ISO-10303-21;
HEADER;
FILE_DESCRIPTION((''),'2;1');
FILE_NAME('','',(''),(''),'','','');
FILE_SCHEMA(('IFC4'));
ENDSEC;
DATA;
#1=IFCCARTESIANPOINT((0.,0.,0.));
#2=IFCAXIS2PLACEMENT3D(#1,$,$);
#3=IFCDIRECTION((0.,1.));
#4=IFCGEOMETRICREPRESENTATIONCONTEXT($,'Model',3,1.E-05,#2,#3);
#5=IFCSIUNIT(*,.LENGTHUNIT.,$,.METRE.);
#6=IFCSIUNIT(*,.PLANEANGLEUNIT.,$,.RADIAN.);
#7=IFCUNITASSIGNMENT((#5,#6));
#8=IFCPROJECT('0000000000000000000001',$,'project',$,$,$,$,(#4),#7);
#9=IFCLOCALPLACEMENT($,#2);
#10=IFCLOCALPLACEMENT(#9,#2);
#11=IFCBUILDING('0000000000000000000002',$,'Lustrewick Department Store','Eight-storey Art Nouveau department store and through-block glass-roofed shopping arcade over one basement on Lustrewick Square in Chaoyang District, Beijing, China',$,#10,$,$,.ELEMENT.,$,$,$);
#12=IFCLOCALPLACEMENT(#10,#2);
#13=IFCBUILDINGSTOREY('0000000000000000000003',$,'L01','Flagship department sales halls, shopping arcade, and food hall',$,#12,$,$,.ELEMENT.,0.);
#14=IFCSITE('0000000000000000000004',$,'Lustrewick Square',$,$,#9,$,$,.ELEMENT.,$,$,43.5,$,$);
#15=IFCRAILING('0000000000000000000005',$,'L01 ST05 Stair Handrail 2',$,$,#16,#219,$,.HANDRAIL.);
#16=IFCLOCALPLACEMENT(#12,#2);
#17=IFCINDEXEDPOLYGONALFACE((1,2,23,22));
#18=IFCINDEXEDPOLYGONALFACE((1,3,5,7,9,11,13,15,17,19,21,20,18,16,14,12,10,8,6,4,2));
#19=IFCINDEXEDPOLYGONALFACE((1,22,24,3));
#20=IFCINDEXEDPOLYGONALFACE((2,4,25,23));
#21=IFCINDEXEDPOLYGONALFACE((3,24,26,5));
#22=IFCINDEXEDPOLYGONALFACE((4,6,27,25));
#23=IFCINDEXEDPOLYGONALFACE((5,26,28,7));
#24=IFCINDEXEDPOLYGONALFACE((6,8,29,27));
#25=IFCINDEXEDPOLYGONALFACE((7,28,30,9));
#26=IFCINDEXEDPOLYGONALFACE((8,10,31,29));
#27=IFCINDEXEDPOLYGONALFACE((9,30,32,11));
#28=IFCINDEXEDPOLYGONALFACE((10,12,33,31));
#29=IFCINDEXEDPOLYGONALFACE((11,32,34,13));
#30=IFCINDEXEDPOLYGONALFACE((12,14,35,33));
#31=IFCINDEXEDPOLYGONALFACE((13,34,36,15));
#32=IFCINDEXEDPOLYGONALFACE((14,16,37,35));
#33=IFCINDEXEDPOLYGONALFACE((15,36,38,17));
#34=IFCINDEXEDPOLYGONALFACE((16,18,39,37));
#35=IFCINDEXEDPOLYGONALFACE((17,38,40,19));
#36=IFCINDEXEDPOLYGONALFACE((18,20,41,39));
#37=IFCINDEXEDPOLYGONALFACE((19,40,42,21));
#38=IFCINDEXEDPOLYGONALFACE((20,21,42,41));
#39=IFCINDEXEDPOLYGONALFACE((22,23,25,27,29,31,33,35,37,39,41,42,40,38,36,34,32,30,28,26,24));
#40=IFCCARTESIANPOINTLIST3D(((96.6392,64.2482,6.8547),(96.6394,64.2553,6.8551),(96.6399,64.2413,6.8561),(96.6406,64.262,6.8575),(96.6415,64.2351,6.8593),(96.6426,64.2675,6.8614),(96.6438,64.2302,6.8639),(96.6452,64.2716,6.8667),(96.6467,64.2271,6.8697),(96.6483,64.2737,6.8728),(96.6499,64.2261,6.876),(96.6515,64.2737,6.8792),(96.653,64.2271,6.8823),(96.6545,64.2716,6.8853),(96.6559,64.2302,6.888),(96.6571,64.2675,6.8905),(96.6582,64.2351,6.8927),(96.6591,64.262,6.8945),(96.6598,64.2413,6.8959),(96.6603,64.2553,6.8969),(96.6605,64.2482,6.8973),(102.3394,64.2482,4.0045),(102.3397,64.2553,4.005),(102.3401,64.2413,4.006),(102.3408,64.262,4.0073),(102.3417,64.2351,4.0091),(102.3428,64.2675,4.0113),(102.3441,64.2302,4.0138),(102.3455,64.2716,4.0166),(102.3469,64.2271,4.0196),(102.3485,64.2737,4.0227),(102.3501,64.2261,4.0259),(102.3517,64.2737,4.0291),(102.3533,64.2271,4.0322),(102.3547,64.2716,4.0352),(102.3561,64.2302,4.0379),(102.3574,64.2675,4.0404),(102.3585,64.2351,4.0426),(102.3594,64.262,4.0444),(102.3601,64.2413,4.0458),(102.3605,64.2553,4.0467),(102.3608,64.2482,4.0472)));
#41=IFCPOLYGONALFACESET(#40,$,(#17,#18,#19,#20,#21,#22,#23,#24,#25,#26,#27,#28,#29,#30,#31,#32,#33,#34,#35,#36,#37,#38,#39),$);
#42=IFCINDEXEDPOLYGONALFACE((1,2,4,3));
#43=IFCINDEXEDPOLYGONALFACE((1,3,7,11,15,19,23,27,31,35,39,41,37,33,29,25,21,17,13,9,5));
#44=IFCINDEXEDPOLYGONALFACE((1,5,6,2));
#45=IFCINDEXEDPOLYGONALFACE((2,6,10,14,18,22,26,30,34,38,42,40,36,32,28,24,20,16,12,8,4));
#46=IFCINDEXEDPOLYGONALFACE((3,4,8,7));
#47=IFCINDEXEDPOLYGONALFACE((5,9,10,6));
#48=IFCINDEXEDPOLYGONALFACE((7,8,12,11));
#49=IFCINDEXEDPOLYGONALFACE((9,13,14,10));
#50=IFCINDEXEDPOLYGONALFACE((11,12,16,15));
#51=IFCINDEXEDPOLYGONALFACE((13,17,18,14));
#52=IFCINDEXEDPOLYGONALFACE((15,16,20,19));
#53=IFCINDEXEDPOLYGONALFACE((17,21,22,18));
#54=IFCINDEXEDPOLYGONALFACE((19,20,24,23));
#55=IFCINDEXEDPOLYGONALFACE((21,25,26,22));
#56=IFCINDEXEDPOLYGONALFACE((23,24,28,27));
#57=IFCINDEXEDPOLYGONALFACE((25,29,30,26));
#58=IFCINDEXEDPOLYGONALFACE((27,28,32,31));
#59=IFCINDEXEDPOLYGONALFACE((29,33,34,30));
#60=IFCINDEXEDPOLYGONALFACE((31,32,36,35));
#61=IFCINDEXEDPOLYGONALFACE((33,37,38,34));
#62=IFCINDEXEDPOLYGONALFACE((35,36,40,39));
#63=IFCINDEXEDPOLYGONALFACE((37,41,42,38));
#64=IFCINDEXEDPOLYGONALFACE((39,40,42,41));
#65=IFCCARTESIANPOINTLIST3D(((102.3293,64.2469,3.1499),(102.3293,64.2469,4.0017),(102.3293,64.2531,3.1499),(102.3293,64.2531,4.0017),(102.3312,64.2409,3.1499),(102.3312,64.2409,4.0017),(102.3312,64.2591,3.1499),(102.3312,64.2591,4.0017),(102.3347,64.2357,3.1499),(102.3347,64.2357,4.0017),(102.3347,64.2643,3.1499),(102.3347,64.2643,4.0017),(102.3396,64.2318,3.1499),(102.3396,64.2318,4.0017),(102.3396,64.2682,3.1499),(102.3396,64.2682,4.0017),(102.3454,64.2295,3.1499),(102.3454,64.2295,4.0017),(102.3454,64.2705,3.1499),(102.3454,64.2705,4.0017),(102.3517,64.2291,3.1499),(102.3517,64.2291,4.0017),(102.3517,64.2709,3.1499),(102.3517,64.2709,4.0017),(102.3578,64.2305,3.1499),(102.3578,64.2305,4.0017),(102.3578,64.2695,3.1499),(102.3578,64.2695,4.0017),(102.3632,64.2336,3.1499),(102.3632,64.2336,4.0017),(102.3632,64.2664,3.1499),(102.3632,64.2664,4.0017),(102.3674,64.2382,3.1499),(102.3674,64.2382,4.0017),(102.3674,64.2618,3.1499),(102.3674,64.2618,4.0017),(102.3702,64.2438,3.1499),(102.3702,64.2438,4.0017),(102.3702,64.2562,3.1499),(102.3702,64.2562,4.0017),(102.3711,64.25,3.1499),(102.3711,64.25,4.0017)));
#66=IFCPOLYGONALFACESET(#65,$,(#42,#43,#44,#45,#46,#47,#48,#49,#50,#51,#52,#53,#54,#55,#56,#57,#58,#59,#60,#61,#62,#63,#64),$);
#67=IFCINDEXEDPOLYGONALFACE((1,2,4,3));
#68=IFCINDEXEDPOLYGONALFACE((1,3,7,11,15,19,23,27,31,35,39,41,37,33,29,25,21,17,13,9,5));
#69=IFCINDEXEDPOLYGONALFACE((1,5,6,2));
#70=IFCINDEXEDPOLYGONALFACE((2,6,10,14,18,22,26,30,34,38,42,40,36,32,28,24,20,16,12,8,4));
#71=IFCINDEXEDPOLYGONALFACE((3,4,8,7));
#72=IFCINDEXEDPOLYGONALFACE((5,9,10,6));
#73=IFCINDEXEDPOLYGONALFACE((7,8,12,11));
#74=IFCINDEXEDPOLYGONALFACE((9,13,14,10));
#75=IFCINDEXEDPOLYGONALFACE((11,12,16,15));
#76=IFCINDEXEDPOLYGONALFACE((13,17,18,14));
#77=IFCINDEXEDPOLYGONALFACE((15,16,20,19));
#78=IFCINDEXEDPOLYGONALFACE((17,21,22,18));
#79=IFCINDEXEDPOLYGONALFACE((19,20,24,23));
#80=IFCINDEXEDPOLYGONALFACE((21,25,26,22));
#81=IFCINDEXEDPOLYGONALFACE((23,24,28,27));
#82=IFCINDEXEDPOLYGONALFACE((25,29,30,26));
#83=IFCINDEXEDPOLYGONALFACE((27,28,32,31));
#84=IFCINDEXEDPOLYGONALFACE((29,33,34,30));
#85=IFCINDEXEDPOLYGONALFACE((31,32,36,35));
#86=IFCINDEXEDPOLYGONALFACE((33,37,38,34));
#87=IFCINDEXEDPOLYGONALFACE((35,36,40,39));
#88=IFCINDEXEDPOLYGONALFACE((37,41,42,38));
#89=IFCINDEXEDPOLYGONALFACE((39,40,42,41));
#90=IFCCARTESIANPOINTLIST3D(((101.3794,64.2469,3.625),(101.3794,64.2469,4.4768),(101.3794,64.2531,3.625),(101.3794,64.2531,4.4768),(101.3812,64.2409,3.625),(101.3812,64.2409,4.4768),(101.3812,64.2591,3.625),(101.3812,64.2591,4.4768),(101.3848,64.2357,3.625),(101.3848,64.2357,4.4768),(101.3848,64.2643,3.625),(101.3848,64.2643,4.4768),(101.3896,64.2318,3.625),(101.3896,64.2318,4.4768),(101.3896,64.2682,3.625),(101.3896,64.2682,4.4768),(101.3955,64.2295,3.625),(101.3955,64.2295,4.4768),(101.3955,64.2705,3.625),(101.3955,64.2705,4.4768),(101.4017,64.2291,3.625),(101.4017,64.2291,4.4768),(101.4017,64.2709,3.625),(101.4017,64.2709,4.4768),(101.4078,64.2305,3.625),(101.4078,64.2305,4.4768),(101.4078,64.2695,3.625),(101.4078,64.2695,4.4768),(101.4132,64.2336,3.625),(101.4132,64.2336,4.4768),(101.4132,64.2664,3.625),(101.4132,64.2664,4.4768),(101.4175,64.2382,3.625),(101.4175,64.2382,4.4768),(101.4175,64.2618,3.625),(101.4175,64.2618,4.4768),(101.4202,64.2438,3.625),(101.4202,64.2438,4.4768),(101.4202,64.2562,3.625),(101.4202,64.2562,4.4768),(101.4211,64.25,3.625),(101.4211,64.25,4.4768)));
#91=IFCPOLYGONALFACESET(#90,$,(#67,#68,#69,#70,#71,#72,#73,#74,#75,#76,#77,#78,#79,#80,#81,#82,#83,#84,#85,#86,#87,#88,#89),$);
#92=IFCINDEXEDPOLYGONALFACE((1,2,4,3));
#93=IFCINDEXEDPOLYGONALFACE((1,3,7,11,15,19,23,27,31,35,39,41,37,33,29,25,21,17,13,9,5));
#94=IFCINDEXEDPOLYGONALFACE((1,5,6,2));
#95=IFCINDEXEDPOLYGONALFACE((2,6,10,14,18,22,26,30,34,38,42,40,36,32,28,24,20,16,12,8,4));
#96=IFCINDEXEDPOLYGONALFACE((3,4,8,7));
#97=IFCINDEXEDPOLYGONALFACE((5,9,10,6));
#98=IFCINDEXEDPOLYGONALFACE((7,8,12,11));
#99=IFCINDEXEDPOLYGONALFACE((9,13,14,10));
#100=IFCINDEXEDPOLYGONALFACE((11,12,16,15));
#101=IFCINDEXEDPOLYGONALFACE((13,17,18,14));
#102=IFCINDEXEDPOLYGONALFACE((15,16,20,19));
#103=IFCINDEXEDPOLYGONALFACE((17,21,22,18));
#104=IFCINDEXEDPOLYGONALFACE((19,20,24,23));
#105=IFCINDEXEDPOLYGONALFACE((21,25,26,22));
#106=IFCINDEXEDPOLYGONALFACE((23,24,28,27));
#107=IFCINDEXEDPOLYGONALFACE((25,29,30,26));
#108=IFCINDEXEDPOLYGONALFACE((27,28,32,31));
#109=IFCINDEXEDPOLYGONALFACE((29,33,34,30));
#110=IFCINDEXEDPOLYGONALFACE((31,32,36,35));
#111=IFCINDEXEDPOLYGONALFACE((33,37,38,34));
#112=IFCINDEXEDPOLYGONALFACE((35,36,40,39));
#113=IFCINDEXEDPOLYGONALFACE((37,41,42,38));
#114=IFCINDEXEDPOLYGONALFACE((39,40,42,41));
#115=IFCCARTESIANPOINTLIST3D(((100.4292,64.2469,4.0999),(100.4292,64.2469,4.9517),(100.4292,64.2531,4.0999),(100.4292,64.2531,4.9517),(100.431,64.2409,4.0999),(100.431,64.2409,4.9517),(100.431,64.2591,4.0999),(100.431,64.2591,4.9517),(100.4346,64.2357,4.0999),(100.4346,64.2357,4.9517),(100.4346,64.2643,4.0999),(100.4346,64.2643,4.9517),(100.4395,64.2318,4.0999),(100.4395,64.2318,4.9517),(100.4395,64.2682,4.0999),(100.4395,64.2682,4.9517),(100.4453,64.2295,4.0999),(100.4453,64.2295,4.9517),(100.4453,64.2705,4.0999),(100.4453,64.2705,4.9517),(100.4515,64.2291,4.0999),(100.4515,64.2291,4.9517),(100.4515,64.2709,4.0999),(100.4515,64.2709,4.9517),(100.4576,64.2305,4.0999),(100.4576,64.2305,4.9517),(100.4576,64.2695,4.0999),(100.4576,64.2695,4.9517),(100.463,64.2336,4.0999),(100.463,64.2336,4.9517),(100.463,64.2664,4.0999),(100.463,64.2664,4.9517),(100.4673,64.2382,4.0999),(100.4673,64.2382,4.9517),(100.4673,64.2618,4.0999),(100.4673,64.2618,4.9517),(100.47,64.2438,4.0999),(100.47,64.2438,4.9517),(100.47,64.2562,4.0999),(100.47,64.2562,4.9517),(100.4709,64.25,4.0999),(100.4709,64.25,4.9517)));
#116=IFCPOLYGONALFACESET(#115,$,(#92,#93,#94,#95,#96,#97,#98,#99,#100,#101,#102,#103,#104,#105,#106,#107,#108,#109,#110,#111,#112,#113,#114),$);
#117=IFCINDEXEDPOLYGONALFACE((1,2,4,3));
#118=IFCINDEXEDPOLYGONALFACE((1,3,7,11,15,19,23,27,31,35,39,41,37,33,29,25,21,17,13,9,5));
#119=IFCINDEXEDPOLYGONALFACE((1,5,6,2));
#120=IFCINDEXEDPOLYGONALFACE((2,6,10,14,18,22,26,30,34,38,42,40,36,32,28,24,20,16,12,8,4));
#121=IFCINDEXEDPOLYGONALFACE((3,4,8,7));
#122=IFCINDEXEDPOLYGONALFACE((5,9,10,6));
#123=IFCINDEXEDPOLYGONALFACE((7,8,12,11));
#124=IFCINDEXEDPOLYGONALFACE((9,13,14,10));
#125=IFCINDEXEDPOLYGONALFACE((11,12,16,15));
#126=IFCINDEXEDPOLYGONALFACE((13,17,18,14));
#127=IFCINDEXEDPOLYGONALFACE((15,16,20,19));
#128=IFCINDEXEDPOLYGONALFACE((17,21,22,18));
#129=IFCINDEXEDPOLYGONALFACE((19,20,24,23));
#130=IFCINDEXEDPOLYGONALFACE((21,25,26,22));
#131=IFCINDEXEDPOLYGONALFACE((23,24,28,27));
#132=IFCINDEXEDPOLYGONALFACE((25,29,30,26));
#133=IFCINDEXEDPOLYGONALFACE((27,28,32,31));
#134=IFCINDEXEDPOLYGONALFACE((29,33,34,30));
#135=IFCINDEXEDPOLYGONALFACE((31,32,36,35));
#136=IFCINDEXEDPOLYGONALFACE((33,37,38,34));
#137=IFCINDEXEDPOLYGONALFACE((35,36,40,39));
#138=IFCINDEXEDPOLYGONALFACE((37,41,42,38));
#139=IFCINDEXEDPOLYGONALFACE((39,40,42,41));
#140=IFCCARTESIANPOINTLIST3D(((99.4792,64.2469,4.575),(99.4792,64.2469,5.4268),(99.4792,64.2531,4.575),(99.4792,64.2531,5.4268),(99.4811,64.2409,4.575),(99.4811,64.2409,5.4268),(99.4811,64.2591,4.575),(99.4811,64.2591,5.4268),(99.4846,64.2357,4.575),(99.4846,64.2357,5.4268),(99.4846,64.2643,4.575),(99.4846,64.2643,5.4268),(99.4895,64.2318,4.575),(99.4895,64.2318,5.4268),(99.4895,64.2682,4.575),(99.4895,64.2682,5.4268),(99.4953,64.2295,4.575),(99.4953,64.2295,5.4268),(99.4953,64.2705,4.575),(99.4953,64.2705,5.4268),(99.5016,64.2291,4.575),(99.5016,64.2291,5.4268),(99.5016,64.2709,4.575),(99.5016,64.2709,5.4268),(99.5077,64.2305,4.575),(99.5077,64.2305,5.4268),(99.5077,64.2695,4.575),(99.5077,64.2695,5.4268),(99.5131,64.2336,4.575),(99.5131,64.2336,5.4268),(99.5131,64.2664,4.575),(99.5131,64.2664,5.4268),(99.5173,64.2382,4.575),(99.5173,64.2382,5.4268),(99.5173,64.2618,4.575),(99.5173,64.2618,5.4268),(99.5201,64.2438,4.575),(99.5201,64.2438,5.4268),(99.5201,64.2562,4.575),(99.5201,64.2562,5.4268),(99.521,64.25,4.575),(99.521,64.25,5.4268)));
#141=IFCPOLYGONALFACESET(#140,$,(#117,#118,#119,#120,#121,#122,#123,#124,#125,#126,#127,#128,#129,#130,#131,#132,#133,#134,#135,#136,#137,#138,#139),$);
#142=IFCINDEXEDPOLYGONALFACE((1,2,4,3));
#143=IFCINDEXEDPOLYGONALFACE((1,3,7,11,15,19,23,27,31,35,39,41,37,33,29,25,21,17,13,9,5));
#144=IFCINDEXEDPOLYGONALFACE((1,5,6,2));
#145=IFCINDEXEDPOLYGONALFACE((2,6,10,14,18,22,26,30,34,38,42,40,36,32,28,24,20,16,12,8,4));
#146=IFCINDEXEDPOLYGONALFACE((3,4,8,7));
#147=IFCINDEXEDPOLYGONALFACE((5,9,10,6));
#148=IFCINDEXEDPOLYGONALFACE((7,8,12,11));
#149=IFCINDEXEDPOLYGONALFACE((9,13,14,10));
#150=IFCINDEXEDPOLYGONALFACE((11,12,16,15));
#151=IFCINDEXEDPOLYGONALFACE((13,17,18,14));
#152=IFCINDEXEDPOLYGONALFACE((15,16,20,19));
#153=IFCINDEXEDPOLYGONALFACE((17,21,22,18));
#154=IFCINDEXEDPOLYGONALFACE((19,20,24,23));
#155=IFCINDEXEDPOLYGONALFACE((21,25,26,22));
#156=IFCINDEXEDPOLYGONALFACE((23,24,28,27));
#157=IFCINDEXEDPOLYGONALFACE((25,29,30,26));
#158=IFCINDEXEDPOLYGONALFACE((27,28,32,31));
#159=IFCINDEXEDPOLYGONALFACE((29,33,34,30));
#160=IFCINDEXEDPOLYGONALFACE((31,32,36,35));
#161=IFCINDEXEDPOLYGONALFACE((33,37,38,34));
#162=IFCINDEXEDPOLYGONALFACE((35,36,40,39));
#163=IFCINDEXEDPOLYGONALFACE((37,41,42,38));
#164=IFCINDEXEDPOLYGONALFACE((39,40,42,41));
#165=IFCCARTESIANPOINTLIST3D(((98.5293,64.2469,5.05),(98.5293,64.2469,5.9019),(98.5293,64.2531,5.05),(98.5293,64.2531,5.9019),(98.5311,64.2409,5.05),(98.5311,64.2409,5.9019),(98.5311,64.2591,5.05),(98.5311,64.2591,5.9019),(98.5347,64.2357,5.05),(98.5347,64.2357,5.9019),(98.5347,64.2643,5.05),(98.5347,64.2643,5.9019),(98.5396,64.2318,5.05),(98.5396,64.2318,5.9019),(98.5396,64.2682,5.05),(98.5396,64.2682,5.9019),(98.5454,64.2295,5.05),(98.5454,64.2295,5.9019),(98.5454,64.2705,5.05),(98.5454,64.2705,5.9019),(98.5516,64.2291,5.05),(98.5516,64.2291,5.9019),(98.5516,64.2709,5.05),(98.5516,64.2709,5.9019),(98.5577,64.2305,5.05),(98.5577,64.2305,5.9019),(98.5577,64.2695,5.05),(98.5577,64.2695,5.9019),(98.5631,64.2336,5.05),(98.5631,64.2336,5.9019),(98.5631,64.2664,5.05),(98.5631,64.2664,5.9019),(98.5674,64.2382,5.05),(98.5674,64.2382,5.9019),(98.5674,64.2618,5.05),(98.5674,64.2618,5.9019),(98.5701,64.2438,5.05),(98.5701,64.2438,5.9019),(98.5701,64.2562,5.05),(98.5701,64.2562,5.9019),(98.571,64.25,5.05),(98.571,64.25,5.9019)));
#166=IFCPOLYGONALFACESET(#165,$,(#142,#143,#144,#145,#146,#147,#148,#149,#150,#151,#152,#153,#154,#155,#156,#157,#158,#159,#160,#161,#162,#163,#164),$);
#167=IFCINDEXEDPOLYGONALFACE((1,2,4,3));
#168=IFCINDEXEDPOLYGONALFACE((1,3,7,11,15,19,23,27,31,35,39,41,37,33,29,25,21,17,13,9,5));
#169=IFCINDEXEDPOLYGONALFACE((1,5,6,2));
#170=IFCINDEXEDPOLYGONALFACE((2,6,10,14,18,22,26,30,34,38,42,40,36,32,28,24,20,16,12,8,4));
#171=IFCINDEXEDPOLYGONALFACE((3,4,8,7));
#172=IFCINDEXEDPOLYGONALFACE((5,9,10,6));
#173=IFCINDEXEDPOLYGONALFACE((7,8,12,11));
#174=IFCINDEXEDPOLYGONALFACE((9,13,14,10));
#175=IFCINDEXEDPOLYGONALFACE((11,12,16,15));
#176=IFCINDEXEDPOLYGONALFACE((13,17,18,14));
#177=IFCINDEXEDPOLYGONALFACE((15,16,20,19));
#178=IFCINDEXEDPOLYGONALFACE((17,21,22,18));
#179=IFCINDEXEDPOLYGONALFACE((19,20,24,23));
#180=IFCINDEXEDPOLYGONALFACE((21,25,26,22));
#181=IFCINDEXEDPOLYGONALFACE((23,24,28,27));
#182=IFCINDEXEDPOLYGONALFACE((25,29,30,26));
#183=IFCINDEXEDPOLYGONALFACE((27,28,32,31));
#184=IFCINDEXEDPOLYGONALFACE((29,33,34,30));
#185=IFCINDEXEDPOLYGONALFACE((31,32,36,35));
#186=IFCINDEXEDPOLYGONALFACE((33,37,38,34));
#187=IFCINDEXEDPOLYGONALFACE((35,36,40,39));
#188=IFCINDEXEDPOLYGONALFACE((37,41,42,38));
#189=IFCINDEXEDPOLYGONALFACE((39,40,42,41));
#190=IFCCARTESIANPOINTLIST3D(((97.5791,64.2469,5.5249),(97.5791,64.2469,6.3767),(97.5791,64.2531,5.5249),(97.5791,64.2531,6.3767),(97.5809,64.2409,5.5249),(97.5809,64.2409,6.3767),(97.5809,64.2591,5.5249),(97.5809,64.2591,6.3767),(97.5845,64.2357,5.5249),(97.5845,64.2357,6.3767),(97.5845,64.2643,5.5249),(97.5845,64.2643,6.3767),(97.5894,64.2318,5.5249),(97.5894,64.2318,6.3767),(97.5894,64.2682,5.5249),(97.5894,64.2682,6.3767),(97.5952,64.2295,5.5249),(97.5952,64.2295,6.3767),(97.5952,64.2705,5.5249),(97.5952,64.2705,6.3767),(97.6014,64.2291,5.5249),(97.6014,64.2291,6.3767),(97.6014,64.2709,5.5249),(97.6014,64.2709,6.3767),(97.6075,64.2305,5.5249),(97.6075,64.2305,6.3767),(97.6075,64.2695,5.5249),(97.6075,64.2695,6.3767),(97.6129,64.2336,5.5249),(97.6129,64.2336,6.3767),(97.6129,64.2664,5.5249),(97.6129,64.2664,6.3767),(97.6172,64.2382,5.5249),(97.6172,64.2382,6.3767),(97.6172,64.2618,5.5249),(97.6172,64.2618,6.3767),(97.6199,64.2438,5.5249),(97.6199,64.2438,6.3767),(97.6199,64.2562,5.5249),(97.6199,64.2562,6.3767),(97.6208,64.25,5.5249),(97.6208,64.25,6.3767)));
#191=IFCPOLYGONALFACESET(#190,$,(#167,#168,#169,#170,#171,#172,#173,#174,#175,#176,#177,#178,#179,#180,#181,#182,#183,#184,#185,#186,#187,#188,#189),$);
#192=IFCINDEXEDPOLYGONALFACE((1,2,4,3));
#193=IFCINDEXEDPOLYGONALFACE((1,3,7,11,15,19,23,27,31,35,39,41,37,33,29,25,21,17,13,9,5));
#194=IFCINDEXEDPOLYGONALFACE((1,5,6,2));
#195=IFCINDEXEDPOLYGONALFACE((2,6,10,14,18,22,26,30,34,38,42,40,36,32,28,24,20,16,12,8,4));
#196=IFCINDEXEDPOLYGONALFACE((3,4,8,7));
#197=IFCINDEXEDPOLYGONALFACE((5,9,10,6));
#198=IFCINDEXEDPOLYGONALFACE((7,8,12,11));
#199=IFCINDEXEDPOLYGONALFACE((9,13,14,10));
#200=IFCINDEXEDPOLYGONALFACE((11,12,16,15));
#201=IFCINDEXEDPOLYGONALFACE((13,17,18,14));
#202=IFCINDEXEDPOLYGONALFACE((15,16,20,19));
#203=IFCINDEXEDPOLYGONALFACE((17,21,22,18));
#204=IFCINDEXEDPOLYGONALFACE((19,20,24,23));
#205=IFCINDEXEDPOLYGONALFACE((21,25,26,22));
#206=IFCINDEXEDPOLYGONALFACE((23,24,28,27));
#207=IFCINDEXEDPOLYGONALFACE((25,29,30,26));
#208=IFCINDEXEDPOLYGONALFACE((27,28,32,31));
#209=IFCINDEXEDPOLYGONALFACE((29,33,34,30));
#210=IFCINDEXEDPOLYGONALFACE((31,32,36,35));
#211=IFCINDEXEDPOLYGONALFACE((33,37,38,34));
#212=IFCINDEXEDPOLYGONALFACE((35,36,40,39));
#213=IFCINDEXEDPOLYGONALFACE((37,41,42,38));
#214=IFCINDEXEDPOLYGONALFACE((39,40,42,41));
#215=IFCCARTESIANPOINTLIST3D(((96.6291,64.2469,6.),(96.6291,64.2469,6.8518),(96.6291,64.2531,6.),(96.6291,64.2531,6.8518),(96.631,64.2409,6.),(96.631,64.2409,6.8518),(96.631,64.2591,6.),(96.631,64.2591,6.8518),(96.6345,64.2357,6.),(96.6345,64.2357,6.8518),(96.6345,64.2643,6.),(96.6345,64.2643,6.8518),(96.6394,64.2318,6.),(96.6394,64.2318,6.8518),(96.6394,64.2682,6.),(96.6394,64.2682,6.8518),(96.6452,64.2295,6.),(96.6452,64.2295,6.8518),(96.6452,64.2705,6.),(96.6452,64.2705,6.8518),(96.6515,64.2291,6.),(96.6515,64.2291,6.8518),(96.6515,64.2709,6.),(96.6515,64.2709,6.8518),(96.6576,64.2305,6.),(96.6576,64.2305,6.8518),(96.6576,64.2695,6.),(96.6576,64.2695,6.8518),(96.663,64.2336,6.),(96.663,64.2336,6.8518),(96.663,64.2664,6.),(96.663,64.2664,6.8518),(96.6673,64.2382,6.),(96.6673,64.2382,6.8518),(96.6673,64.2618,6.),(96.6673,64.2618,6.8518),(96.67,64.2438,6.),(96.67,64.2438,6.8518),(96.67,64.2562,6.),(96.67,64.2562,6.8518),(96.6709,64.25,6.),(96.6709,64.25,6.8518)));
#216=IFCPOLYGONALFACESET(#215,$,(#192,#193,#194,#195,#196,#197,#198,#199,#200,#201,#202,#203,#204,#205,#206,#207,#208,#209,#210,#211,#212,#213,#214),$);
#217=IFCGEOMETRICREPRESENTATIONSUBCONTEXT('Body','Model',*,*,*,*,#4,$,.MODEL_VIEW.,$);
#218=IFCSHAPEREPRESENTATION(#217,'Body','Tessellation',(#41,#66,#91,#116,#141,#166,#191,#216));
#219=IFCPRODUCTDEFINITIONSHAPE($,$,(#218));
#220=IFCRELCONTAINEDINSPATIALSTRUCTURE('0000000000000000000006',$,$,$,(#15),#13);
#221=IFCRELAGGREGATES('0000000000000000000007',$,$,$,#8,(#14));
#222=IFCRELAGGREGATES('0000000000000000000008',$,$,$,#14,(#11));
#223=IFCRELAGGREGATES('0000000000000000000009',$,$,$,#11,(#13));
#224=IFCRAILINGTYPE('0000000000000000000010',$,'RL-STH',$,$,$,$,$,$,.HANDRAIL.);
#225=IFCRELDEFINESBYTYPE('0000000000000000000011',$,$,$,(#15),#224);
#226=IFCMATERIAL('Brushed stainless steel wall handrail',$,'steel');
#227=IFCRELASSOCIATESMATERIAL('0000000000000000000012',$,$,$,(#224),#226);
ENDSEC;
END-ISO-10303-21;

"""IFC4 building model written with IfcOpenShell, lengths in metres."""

from ifc_helpers import new_model, si_unit, direction, frame, origin, origin_2d, place, context, subcontext, project, spatial, circle, extrude, material, type_object, element, save


model = new_model("IFC4")

# Units and contexts
model_context = context("Model", 3, precision=1e-05, world=origin(), true_north=direction((0.0, 1.0)))
body_context = subcontext(model_context, "Body", "Model", "MODEL_VIEW")
ifc_project = project(units=[si_unit("LENGTHUNIT", "METRE"), si_unit("PLANEANGLEUNIT", "RADIAN")], contexts=[model_context])

# Site, building, storey
site_placement = place(None, origin())
site = spatial("IfcSite", under=ifc_project, at=site_placement, Name="Lustrewick Square", CompositionType="ELEMENT", RefElevation=43.5)
building_placement = place(site_placement, origin())
building = spatial("IfcBuilding", under=site, at=building_placement, Name="Lustrewick Department Store", Description="Eight-storey Art Nouveau department store and through-block glass-roofed shopping arcade over one basement on Lustrewick Square in Chaoyang District, Beijing, China", CompositionType="ELEMENT")
storey_placement = place(building_placement, origin())
storey = spatial("IfcBuildingStorey", under=building, at=storey_placement, Name="L01", Description="Flagship department sales halls, shopping arcade, and food hall", CompositionType="ELEMENT", Elevation=0.0)

# Railing
ifc_material_1 = material(Name="Brushed stainless steel wall handrail", Category="steel")
railing_type_1 = type_object("IfcRailingType", Name="RL-STH", PredefinedType="HANDRAIL", material=ifc_material_1)
railing_1_placement = place(storey_placement, frame((102.3501, 64.25, 3.1499)))
element("IfcRailing", 1, at=railing_1_placement, inside=storey, type_object=railing_type_1, Name="L01 ST05 Stair Handrail 2", PredefinedType="HANDRAIL", context=body_context, shape_type="SweptSolid", body=[
    extrude(circle(Radius=0.0239, at=origin_2d()), frame((0.0, 0.0, 0.876), z_axis=(-0.894427, 0.0, 0.447214), x_axis=(0.0, -1.0, 0.0)), (0.0, 0.0, 1.0), 6.373),
    extrude(circle(Radius=0.021, at=origin_2d()), origin(), (0.0, 0.0, 1.0), 0.8518),
    extrude(circle(Radius=0.021, at=origin_2d()), frame((-0.95, 0.0, 0.4751)), (0.0, 0.0, 1.0), 0.8518),
    extrude(circle(Radius=0.021, at=origin_2d()), frame((-1.9001, 0.0, 0.95)), (0.0, 0.0, 1.0), 0.8518),
    extrude(circle(Radius=0.021, at=origin_2d()), frame((-2.8501, 0.0, 1.425)), (0.0, 0.0, 1.0), 0.8518),
    extrude(circle(Radius=0.021, at=origin_2d()), frame((-3.8, 0.0, 1.9001)), (0.0, 0.0, 1.0), 0.8518),
    extrude(circle(Radius=0.021, at=origin_2d()), frame((-4.7502, 0.0, 2.375)), (0.0, 0.0, 1.0), 0.8518),
    extrude(circle(Radius=0.021, at=origin_2d()), frame((-5.7002, 0.0, 2.8501)), (0.0, 0.0, 1.0), 0.8518),
])

save(model, "model.ifc")
